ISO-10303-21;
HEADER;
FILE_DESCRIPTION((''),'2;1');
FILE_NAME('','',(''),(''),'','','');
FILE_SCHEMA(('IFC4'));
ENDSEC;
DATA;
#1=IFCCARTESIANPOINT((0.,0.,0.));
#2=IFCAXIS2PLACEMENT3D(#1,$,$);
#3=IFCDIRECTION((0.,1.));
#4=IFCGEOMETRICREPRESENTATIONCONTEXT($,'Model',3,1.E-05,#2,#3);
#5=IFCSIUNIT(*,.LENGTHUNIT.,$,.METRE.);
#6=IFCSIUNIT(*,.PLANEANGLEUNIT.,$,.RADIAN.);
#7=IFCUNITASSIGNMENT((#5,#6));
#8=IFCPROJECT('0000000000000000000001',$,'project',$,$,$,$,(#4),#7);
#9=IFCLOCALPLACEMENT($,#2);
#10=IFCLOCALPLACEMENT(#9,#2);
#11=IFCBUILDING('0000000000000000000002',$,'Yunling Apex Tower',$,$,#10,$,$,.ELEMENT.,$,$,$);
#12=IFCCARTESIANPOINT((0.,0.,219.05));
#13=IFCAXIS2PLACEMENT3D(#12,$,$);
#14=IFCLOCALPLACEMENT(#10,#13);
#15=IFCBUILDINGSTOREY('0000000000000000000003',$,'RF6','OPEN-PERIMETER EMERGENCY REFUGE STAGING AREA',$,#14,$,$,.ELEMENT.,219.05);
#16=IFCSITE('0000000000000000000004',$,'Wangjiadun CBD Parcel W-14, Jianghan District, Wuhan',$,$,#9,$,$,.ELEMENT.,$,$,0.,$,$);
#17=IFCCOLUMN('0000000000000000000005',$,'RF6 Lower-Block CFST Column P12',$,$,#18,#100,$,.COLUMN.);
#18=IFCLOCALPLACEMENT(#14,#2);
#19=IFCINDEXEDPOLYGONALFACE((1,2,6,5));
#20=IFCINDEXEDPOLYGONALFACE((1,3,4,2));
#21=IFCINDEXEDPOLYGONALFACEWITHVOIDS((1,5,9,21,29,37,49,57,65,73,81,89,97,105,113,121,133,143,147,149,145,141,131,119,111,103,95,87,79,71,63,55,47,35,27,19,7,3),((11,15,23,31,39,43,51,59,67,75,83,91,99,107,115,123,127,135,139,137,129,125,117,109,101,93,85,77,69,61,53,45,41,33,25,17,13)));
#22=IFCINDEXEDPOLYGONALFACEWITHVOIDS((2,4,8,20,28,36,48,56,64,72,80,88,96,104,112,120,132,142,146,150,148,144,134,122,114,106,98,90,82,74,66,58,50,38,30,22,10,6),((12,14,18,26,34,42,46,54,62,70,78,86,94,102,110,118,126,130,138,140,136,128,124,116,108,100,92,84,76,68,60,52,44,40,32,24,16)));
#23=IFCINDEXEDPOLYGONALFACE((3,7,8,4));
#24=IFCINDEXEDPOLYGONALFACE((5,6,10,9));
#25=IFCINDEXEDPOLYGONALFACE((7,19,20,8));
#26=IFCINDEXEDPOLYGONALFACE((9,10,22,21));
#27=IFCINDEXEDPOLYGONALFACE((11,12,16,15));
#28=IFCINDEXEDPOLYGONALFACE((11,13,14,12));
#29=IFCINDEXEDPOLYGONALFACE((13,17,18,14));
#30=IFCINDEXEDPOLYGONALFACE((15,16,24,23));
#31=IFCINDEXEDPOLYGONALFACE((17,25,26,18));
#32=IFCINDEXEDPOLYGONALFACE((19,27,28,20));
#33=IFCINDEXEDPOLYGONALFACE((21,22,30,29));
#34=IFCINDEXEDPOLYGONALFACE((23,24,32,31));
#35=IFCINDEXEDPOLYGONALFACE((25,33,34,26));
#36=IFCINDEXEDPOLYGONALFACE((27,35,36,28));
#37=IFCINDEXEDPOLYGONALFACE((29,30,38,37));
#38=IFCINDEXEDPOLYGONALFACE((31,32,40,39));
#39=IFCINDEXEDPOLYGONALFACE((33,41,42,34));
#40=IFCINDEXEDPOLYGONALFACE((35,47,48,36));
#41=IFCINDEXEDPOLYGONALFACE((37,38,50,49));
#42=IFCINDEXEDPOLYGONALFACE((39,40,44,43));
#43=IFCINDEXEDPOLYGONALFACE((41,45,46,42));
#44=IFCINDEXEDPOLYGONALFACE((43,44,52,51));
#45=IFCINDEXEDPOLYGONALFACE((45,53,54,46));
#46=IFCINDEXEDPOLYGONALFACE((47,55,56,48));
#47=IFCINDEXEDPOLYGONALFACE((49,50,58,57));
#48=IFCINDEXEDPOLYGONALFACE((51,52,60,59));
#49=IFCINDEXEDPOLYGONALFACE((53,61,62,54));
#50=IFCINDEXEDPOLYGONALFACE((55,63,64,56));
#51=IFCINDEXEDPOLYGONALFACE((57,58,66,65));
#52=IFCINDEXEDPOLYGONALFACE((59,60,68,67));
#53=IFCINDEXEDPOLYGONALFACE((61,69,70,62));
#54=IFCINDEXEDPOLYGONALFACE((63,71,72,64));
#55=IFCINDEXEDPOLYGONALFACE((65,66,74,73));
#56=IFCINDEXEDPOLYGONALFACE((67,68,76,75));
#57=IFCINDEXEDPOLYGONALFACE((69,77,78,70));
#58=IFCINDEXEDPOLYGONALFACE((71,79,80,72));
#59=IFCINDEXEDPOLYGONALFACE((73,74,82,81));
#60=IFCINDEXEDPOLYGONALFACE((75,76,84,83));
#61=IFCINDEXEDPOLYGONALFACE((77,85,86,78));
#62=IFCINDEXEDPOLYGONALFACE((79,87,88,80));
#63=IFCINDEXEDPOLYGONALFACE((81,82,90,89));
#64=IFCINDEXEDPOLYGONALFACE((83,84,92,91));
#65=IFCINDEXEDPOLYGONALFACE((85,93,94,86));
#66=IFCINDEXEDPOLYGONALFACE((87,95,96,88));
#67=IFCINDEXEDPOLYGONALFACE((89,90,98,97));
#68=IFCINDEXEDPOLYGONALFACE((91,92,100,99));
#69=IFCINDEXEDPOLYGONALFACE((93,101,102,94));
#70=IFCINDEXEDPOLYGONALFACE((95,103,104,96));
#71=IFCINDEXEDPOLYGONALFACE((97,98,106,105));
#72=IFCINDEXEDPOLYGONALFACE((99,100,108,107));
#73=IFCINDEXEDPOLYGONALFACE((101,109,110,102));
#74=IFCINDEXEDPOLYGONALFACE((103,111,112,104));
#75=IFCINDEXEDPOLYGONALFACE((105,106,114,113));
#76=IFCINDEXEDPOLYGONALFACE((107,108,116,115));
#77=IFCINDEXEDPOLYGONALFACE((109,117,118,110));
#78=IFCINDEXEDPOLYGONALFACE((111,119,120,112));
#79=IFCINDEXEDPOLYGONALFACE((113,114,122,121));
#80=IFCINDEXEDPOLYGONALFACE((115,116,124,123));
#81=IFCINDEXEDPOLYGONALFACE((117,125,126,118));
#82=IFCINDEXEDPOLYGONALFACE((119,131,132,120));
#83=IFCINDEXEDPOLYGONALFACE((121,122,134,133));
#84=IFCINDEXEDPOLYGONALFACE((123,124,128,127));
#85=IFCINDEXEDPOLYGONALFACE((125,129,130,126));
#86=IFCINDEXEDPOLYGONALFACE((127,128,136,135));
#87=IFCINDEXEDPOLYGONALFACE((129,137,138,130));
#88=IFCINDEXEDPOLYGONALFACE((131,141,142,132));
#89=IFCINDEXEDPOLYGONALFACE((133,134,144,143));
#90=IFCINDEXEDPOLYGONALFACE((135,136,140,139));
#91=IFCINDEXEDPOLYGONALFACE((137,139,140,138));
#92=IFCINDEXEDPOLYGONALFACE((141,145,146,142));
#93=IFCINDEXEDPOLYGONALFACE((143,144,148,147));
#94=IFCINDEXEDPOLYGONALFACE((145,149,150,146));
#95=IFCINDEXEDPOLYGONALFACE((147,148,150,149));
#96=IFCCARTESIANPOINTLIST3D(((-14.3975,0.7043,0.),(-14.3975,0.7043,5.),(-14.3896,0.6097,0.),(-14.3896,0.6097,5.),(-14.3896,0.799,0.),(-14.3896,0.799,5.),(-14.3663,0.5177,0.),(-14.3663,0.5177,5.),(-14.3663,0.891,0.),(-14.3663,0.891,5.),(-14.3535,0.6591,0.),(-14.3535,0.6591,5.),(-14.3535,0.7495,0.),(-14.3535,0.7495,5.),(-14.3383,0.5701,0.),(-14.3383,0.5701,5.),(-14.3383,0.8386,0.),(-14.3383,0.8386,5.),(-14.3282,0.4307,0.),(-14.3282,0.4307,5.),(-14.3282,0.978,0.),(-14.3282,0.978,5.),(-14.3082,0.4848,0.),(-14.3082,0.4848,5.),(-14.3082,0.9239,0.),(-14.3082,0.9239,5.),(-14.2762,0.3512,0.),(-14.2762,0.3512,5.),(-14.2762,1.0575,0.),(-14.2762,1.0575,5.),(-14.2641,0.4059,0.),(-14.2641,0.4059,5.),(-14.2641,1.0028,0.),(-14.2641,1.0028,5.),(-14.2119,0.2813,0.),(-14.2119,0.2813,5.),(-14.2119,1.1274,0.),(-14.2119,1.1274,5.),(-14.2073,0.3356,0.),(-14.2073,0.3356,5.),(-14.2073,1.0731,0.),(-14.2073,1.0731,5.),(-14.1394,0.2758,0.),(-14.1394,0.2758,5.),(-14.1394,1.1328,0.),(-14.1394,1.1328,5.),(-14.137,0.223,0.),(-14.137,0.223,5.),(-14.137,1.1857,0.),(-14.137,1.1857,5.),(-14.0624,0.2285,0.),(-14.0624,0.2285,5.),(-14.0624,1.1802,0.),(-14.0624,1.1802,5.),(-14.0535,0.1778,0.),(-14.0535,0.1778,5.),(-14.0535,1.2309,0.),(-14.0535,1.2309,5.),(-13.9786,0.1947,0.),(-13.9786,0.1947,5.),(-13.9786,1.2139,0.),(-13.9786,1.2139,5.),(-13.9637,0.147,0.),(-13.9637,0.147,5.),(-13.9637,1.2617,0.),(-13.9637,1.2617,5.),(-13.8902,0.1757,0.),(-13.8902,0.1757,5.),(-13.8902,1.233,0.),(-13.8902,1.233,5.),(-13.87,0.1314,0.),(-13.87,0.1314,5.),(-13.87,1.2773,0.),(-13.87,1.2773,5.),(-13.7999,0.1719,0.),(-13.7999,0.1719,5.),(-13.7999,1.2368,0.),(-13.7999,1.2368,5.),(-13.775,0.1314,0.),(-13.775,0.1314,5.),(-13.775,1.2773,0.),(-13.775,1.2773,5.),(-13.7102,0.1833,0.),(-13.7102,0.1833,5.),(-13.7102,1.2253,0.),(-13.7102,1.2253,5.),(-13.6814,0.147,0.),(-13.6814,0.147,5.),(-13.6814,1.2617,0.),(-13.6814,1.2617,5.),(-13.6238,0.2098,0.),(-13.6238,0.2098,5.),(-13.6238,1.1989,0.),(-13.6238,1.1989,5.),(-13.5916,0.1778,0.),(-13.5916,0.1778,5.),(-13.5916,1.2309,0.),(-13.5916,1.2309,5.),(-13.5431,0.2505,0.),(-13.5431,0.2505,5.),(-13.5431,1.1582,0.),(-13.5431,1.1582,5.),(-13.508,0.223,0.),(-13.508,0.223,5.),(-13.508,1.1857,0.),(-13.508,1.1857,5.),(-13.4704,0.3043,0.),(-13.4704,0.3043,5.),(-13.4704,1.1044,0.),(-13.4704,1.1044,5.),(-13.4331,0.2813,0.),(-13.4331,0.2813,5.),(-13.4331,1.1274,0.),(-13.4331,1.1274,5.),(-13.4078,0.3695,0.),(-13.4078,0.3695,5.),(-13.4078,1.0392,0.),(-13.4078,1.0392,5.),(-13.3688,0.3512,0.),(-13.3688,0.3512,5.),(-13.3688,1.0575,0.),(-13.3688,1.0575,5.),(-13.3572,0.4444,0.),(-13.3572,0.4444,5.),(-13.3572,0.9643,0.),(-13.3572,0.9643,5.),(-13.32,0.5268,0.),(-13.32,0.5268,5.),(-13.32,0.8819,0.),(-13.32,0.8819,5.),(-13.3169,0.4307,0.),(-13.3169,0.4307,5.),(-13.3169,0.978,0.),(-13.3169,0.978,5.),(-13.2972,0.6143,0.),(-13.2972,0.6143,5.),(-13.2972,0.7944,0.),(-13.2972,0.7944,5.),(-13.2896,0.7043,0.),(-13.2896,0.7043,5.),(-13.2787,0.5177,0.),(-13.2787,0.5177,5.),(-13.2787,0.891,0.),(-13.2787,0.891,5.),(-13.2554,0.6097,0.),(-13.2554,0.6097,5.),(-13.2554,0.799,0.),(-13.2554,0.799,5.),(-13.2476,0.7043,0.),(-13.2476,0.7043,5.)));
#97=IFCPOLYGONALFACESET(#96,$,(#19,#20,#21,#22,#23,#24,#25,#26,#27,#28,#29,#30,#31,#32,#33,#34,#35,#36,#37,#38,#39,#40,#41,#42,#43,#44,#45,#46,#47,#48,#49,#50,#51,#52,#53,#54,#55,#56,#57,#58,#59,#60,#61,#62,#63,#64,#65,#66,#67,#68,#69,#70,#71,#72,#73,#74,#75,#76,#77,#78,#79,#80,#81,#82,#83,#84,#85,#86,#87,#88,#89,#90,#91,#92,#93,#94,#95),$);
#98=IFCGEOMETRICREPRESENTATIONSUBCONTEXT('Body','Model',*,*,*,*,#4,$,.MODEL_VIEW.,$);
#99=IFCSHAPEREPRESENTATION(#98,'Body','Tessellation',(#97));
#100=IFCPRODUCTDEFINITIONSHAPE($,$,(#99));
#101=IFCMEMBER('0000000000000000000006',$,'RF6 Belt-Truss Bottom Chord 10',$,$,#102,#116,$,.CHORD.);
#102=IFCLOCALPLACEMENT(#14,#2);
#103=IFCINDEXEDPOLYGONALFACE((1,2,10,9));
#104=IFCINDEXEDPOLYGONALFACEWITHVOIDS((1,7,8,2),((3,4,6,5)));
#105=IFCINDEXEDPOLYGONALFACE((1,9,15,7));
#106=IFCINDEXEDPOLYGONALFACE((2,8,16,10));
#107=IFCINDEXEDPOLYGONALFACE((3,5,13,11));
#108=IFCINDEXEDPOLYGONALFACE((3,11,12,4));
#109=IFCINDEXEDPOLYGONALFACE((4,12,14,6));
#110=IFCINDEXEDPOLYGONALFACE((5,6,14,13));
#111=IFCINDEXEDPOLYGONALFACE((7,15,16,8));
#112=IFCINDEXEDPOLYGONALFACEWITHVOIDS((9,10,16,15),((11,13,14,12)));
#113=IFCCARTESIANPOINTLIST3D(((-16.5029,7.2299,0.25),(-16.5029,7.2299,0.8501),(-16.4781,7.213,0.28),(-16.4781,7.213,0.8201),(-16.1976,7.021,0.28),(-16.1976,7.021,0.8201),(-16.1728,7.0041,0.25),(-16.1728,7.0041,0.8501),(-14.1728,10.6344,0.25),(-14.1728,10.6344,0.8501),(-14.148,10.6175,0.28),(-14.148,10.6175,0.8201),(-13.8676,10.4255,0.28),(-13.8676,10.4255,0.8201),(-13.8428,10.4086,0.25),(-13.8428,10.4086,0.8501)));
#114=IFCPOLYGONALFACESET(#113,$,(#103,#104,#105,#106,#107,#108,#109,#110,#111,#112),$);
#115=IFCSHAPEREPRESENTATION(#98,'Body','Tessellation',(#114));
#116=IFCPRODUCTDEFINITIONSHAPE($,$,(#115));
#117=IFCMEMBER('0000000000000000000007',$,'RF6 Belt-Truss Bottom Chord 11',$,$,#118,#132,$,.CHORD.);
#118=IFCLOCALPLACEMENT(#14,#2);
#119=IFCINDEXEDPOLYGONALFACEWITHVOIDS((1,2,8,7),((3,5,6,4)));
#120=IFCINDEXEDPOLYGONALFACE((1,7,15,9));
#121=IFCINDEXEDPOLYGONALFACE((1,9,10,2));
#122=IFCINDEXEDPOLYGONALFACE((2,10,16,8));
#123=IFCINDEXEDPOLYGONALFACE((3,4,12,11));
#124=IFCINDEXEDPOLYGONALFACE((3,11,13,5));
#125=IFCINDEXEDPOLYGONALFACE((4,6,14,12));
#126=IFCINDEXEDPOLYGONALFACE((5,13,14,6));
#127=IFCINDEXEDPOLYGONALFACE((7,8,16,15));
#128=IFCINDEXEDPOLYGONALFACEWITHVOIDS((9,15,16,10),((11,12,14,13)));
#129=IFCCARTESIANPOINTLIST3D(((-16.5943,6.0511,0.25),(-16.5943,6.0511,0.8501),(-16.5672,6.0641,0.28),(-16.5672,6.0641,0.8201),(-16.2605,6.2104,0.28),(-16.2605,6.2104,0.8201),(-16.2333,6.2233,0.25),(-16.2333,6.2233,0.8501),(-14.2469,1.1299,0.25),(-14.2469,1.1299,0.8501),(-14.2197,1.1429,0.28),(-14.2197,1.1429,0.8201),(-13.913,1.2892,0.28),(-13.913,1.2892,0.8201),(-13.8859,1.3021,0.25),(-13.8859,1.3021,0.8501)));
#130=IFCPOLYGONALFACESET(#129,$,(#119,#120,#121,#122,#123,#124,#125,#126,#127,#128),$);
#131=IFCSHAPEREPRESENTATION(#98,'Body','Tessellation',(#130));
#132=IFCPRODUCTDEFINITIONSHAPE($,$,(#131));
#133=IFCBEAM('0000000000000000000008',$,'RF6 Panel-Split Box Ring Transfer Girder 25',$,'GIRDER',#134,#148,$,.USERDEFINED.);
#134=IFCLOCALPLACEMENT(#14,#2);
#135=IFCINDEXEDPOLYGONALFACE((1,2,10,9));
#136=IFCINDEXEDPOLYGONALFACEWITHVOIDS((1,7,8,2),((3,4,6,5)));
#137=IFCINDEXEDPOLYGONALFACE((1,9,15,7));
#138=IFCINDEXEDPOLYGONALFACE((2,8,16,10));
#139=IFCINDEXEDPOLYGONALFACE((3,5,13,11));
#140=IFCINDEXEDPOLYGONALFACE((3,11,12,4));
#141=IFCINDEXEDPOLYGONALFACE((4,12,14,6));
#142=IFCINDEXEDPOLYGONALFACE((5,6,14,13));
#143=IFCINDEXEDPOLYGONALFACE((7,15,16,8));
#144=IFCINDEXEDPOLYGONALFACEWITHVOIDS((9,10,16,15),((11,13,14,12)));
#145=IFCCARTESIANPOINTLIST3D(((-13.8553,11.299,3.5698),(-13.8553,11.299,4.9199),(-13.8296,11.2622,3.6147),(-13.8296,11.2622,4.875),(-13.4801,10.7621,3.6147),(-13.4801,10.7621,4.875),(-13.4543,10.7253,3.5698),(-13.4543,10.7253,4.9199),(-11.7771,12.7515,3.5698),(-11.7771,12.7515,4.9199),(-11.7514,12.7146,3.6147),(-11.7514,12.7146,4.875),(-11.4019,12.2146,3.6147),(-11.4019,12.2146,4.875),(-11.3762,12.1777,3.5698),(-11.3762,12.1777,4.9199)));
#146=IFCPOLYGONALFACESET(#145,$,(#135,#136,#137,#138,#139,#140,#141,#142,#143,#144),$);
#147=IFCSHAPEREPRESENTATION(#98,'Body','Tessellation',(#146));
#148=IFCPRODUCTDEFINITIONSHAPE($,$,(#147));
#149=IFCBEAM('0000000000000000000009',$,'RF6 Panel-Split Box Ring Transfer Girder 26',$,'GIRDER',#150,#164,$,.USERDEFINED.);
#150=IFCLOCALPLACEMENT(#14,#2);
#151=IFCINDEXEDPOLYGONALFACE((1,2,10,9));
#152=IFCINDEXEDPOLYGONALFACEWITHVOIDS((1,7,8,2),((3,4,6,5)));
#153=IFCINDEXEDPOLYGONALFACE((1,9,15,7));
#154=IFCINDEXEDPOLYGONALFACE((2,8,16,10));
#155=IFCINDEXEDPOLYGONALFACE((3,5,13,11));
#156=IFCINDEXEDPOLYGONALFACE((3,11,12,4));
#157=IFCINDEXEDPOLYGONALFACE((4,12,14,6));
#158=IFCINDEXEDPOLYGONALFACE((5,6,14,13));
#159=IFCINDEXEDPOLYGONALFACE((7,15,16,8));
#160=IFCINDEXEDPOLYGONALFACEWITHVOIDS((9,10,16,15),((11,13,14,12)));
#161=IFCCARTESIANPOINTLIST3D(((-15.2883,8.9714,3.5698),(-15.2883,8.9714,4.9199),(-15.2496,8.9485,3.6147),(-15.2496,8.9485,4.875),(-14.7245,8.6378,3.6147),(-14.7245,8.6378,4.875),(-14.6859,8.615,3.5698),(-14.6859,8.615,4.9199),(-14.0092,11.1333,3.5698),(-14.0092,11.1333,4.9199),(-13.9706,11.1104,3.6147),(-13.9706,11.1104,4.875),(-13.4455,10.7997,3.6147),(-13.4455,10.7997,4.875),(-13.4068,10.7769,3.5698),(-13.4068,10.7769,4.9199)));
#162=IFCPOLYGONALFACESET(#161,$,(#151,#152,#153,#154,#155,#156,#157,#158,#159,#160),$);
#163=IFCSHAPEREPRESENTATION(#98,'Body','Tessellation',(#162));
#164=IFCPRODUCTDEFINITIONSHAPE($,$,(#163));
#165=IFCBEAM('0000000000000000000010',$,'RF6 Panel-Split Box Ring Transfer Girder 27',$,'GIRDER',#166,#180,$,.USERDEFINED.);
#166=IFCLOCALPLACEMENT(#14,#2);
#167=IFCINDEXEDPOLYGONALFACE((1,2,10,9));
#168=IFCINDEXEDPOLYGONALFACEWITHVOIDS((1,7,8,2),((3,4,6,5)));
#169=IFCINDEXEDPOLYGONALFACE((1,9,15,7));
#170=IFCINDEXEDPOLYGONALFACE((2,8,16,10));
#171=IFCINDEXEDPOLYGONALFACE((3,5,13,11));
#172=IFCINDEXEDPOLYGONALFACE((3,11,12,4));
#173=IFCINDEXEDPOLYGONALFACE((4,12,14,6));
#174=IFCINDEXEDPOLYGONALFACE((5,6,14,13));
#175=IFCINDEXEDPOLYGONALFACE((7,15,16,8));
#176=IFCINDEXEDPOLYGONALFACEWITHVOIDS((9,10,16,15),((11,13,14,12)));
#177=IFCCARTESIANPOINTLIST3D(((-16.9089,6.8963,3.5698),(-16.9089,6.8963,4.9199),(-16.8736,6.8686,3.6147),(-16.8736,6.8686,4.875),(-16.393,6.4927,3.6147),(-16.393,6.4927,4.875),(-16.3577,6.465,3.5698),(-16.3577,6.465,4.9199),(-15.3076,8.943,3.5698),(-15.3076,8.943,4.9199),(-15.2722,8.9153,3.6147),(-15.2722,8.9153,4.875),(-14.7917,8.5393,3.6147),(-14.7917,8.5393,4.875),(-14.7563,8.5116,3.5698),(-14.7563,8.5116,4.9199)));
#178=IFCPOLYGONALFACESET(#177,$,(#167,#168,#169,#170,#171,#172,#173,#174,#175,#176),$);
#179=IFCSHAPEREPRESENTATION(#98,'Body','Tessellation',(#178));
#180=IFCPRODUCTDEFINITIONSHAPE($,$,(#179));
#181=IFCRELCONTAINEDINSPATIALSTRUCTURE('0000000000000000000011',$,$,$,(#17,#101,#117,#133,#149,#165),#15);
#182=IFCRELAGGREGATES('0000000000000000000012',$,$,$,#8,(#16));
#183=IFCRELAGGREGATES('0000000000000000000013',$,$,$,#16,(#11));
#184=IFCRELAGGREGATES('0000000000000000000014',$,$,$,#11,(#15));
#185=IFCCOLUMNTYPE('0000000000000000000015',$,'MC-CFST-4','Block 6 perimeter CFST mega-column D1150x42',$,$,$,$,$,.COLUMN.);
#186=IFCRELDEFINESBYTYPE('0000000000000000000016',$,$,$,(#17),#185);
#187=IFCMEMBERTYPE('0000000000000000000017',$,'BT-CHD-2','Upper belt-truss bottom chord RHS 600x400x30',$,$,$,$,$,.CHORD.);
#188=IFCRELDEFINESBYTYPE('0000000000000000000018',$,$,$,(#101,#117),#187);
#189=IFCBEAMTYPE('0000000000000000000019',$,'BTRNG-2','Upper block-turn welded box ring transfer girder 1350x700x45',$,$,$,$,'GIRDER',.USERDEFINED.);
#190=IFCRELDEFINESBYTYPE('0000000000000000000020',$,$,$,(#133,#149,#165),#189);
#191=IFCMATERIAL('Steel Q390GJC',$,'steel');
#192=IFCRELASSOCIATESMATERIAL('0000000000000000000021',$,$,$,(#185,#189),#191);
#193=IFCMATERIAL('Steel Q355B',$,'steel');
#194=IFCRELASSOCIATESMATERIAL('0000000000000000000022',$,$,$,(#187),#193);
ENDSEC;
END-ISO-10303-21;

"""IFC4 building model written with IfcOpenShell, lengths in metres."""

from ifc_helpers import new_model, si_unit, direction, frame, origin, origin_2d, place, context, subcontext, project, spatial, hollow_rectangle, hollow_circle, extrude, source, transform, mapped, material, material_profile, profile_set, type_object, element, save


model = new_model("IFC4")

# Units and contexts
model_context = context("Model", 3, precision=1e-05, world=origin(), true_north=direction((0.0, 1.0)))
body_context = subcontext(model_context, "Body", "Model", "MODEL_VIEW")
ifc_project = project(units=[si_unit("LENGTHUNIT", "METRE"), si_unit("PLANEANGLEUNIT", "RADIAN")], contexts=[model_context])

# Site, building, storey
site_placement = place(None, origin())
site = spatial("IfcSite", under=ifc_project, at=site_placement, Name="Wangjiadun CBD Parcel W-14, Jianghan District, Wuhan", CompositionType="ELEMENT", RefElevation=0.0)
building_placement = place(site_placement, origin())
building = spatial("IfcBuilding", under=site, at=building_placement, Name="Yunling Apex Tower", CompositionType="ELEMENT")
storey_placement = place(building_placement, frame((0.0, 0.0, 219.05)))
storey = spatial("IfcBuildingStorey", under=building, at=storey_placement, Name="RF6", Description="OPEN-PERIMETER EMERGENCY REFUGE STAGING AREA", CompositionType="ELEMENT", Elevation=219.05)

# Column
ifc_material_1 = material(Name="Steel Q390GJC", Category="steel")
ifc_material_profile_1 = material_profile(ifc_material_1, hollow_circle(Radius=0.575, WallThickness=0.042, at=origin_2d()))
ifc_profile_set_1 = profile_set([ifc_material_profile_1], Name="Steel Q390GJC")
column_type = type_object("IfcColumnType", Name="MC-CFST-4", Description="Block 6 perimeter CFST mega-column D1150x42", PredefinedType="COLUMN", material=ifc_profile_set_1)
shared_shape_1 = source(origin(), body_context, "Body", "SweptSolid", [
    extrude(hollow_circle(Radius=0.575, WallThickness=0.042, at=origin_2d()), origin(), (0.0, 0.0, 1.0), 5.0),
])
for number, where, z_axis, x_axis, name in (
    (1, (-13.8225, 0.7043, 0.0), (0.0, 0.0, 1.0), (1.0, 0.0, 0.0), "RF6 Lower-Block CFST Column P12"),
):
    element("IfcColumn", number, at=place(storey_placement, frame(where, z_axis=z_axis, x_axis=x_axis)), inside=storey, type_object=column_type, Name=name, PredefinedType="COLUMN", context=body_context, shape_type="MappedRepresentation", body=[
        mapped(shared_shape_1, transform((0.0, 0.0, 0.0), scale=1.0)),
    ])

# Members
ifc_material_2 = material(Name="Steel Q355B", Category="steel")
ifc_material_profile_2 = material_profile(ifc_material_2, hollow_rectangle(XDim=0.3999, YDim=0.6001, WallThickness=0.03, at=origin_2d()))
ifc_profile_set_2 = profile_set([ifc_material_profile_2], Name="Steel Q355B")
member_type_1 = type_object("IfcMemberType", Name="BT-CHD-2", Description="Upper belt-truss bottom chord RHS 600x400x30", PredefinedType="CHORD", material=ifc_profile_set_2)
shared_shape_2 = source(origin(), body_context, "Body", "SweptSolid", [
    extrude(hollow_rectangle(XDim=0.3999, YDim=0.6001, WallThickness=0.03, at=origin_2d()), origin(), (0.0, 0.0, 1.0), 4.1255),
])
member_1_placement = place(storey_placement, frame((-14.0078, 10.5215, 0.55), z_axis=(-0.564792, -0.825233, 0.0), x_axis=(0.825233, -0.564792, 0.0)))
element("IfcMember", 2, at=member_1_placement, inside=storey, type_object=member_type_1, Name="RF6 Belt-Truss Bottom Chord 10", PredefinedType="CHORD", context=body_context, shape_type="MappedRepresentation", body=[
    mapped(shared_shape_2, transform((0.0, 0.0, 0.0), scale=1.0)),
])
shared_shape_3 = source(origin(), body_context, "Body", "SweptSolid", [
    extrude(hollow_rectangle(XDim=0.3999, YDim=0.6001, WallThickness=0.03, at=origin_2d()), origin(), (0.0, 0.0, 1.0), 5.4524),
])
member_2_placement = place(storey_placement, frame((-16.4138, 6.1372, 0.55), z_axis=(0.430533, -0.902575, 0.0), x_axis=(0.902575, 0.430533, 0.0)))
element("IfcMember", 3, at=member_2_placement, inside=storey, type_object=member_type_1, Name="RF6 Belt-Truss Bottom Chord 11", PredefinedType="CHORD", context=body_context, shape_type="MappedRepresentation", body=[
    mapped(shared_shape_3, transform((0.0, 0.0, 0.0), scale=1.0)),
])

# Beams
ifc_material_profile_3 = material_profile(ifc_material_1, hollow_rectangle(XDim=0.7, YDim=1.3501, WallThickness=0.0449, at=origin_2d()))
ifc_profile_set_3 = profile_set([ifc_material_profile_3], Name="Steel Q390GJC")
beam_type = type_object("IfcBeamType", Name="BTRNG-2", Description="Upper block-turn welded box ring transfer girder 1350x700x45", ElementType="GIRDER", PredefinedType="USERDEFINED", material=ifc_profile_set_3)
shared_shape_4 = source(origin(), body_context, "Body", "SweptSolid", [
    extrude(hollow_rectangle(XDim=0.7, YDim=1.3501, WallThickness=0.0449, at=origin_2d()), origin(), (0.0, 0.0, 1.0), 2.5354),
])
beam_1_placement = place(storey_placement, frame((-11.5767, 12.4646, 4.2449), z_axis=(-0.819657, -0.572855, 0.0), x_axis=(0.572855, -0.819657, 0.0)))
element("IfcBeam", 4, at=beam_1_placement, inside=storey, type_object=beam_type, Name="RF6 Panel-Split Box Ring Transfer Girder 25", ObjectType="GIRDER", PredefinedType="USERDEFINED", context=body_context, shape_type="MappedRepresentation", body=[
    mapped(shared_shape_4, transform((0.0, 0.0, 0.0), scale=1.0)),
])
shared_shape_5 = source(origin(), body_context, "Body", "SweptSolid", [
    extrude(hollow_rectangle(XDim=0.7, YDim=1.3501, WallThickness=0.0449, at=origin_2d()), origin(), (0.0, 0.0, 1.0), 2.512),
])
beam_2_placement = place(storey_placement, frame((-13.708, 10.9551, 4.2449), z_axis=(-0.509197, -0.86065, 0.0), x_axis=(0.86065, -0.509197, 0.0)))
element("IfcBeam", 5, at=beam_2_placement, inside=storey, type_object=beam_type, Name="RF6 Panel-Split Box Ring Transfer Girder 26", ObjectType="GIRDER", PredefinedType="USERDEFINED", context=body_context, shape_type="MappedRepresentation", body=[
    mapped(shared_shape_5, transform((0.0, 0.0, 0.0), scale=1.0)),
])
shared_shape_6 = source(origin(), body_context, "Body", "SweptSolid", [
    extrude(hollow_rectangle(XDim=0.7, YDim=1.3501, WallThickness=0.0449, at=origin_2d()), origin(), (0.0, 0.0, 1.0), 2.5986),
])
beam_3_placement = place(storey_placement, frame((-15.032, 8.7273, 4.2449), z_axis=(-0.616215, -0.787578, 0.0), x_axis=(0.787578, -0.616215, 0.0)))
element("IfcBeam", 6, at=beam_3_placement, inside=storey, type_object=beam_type, Name="RF6 Panel-Split Box Ring Transfer Girder 27", ObjectType="GIRDER", PredefinedType="USERDEFINED", context=body_context, shape_type="MappedRepresentation", body=[
    mapped(shared_shape_6, transform((0.0, 0.0, 0.0), scale=1.0)),
])

save(model, "model.ifc")
